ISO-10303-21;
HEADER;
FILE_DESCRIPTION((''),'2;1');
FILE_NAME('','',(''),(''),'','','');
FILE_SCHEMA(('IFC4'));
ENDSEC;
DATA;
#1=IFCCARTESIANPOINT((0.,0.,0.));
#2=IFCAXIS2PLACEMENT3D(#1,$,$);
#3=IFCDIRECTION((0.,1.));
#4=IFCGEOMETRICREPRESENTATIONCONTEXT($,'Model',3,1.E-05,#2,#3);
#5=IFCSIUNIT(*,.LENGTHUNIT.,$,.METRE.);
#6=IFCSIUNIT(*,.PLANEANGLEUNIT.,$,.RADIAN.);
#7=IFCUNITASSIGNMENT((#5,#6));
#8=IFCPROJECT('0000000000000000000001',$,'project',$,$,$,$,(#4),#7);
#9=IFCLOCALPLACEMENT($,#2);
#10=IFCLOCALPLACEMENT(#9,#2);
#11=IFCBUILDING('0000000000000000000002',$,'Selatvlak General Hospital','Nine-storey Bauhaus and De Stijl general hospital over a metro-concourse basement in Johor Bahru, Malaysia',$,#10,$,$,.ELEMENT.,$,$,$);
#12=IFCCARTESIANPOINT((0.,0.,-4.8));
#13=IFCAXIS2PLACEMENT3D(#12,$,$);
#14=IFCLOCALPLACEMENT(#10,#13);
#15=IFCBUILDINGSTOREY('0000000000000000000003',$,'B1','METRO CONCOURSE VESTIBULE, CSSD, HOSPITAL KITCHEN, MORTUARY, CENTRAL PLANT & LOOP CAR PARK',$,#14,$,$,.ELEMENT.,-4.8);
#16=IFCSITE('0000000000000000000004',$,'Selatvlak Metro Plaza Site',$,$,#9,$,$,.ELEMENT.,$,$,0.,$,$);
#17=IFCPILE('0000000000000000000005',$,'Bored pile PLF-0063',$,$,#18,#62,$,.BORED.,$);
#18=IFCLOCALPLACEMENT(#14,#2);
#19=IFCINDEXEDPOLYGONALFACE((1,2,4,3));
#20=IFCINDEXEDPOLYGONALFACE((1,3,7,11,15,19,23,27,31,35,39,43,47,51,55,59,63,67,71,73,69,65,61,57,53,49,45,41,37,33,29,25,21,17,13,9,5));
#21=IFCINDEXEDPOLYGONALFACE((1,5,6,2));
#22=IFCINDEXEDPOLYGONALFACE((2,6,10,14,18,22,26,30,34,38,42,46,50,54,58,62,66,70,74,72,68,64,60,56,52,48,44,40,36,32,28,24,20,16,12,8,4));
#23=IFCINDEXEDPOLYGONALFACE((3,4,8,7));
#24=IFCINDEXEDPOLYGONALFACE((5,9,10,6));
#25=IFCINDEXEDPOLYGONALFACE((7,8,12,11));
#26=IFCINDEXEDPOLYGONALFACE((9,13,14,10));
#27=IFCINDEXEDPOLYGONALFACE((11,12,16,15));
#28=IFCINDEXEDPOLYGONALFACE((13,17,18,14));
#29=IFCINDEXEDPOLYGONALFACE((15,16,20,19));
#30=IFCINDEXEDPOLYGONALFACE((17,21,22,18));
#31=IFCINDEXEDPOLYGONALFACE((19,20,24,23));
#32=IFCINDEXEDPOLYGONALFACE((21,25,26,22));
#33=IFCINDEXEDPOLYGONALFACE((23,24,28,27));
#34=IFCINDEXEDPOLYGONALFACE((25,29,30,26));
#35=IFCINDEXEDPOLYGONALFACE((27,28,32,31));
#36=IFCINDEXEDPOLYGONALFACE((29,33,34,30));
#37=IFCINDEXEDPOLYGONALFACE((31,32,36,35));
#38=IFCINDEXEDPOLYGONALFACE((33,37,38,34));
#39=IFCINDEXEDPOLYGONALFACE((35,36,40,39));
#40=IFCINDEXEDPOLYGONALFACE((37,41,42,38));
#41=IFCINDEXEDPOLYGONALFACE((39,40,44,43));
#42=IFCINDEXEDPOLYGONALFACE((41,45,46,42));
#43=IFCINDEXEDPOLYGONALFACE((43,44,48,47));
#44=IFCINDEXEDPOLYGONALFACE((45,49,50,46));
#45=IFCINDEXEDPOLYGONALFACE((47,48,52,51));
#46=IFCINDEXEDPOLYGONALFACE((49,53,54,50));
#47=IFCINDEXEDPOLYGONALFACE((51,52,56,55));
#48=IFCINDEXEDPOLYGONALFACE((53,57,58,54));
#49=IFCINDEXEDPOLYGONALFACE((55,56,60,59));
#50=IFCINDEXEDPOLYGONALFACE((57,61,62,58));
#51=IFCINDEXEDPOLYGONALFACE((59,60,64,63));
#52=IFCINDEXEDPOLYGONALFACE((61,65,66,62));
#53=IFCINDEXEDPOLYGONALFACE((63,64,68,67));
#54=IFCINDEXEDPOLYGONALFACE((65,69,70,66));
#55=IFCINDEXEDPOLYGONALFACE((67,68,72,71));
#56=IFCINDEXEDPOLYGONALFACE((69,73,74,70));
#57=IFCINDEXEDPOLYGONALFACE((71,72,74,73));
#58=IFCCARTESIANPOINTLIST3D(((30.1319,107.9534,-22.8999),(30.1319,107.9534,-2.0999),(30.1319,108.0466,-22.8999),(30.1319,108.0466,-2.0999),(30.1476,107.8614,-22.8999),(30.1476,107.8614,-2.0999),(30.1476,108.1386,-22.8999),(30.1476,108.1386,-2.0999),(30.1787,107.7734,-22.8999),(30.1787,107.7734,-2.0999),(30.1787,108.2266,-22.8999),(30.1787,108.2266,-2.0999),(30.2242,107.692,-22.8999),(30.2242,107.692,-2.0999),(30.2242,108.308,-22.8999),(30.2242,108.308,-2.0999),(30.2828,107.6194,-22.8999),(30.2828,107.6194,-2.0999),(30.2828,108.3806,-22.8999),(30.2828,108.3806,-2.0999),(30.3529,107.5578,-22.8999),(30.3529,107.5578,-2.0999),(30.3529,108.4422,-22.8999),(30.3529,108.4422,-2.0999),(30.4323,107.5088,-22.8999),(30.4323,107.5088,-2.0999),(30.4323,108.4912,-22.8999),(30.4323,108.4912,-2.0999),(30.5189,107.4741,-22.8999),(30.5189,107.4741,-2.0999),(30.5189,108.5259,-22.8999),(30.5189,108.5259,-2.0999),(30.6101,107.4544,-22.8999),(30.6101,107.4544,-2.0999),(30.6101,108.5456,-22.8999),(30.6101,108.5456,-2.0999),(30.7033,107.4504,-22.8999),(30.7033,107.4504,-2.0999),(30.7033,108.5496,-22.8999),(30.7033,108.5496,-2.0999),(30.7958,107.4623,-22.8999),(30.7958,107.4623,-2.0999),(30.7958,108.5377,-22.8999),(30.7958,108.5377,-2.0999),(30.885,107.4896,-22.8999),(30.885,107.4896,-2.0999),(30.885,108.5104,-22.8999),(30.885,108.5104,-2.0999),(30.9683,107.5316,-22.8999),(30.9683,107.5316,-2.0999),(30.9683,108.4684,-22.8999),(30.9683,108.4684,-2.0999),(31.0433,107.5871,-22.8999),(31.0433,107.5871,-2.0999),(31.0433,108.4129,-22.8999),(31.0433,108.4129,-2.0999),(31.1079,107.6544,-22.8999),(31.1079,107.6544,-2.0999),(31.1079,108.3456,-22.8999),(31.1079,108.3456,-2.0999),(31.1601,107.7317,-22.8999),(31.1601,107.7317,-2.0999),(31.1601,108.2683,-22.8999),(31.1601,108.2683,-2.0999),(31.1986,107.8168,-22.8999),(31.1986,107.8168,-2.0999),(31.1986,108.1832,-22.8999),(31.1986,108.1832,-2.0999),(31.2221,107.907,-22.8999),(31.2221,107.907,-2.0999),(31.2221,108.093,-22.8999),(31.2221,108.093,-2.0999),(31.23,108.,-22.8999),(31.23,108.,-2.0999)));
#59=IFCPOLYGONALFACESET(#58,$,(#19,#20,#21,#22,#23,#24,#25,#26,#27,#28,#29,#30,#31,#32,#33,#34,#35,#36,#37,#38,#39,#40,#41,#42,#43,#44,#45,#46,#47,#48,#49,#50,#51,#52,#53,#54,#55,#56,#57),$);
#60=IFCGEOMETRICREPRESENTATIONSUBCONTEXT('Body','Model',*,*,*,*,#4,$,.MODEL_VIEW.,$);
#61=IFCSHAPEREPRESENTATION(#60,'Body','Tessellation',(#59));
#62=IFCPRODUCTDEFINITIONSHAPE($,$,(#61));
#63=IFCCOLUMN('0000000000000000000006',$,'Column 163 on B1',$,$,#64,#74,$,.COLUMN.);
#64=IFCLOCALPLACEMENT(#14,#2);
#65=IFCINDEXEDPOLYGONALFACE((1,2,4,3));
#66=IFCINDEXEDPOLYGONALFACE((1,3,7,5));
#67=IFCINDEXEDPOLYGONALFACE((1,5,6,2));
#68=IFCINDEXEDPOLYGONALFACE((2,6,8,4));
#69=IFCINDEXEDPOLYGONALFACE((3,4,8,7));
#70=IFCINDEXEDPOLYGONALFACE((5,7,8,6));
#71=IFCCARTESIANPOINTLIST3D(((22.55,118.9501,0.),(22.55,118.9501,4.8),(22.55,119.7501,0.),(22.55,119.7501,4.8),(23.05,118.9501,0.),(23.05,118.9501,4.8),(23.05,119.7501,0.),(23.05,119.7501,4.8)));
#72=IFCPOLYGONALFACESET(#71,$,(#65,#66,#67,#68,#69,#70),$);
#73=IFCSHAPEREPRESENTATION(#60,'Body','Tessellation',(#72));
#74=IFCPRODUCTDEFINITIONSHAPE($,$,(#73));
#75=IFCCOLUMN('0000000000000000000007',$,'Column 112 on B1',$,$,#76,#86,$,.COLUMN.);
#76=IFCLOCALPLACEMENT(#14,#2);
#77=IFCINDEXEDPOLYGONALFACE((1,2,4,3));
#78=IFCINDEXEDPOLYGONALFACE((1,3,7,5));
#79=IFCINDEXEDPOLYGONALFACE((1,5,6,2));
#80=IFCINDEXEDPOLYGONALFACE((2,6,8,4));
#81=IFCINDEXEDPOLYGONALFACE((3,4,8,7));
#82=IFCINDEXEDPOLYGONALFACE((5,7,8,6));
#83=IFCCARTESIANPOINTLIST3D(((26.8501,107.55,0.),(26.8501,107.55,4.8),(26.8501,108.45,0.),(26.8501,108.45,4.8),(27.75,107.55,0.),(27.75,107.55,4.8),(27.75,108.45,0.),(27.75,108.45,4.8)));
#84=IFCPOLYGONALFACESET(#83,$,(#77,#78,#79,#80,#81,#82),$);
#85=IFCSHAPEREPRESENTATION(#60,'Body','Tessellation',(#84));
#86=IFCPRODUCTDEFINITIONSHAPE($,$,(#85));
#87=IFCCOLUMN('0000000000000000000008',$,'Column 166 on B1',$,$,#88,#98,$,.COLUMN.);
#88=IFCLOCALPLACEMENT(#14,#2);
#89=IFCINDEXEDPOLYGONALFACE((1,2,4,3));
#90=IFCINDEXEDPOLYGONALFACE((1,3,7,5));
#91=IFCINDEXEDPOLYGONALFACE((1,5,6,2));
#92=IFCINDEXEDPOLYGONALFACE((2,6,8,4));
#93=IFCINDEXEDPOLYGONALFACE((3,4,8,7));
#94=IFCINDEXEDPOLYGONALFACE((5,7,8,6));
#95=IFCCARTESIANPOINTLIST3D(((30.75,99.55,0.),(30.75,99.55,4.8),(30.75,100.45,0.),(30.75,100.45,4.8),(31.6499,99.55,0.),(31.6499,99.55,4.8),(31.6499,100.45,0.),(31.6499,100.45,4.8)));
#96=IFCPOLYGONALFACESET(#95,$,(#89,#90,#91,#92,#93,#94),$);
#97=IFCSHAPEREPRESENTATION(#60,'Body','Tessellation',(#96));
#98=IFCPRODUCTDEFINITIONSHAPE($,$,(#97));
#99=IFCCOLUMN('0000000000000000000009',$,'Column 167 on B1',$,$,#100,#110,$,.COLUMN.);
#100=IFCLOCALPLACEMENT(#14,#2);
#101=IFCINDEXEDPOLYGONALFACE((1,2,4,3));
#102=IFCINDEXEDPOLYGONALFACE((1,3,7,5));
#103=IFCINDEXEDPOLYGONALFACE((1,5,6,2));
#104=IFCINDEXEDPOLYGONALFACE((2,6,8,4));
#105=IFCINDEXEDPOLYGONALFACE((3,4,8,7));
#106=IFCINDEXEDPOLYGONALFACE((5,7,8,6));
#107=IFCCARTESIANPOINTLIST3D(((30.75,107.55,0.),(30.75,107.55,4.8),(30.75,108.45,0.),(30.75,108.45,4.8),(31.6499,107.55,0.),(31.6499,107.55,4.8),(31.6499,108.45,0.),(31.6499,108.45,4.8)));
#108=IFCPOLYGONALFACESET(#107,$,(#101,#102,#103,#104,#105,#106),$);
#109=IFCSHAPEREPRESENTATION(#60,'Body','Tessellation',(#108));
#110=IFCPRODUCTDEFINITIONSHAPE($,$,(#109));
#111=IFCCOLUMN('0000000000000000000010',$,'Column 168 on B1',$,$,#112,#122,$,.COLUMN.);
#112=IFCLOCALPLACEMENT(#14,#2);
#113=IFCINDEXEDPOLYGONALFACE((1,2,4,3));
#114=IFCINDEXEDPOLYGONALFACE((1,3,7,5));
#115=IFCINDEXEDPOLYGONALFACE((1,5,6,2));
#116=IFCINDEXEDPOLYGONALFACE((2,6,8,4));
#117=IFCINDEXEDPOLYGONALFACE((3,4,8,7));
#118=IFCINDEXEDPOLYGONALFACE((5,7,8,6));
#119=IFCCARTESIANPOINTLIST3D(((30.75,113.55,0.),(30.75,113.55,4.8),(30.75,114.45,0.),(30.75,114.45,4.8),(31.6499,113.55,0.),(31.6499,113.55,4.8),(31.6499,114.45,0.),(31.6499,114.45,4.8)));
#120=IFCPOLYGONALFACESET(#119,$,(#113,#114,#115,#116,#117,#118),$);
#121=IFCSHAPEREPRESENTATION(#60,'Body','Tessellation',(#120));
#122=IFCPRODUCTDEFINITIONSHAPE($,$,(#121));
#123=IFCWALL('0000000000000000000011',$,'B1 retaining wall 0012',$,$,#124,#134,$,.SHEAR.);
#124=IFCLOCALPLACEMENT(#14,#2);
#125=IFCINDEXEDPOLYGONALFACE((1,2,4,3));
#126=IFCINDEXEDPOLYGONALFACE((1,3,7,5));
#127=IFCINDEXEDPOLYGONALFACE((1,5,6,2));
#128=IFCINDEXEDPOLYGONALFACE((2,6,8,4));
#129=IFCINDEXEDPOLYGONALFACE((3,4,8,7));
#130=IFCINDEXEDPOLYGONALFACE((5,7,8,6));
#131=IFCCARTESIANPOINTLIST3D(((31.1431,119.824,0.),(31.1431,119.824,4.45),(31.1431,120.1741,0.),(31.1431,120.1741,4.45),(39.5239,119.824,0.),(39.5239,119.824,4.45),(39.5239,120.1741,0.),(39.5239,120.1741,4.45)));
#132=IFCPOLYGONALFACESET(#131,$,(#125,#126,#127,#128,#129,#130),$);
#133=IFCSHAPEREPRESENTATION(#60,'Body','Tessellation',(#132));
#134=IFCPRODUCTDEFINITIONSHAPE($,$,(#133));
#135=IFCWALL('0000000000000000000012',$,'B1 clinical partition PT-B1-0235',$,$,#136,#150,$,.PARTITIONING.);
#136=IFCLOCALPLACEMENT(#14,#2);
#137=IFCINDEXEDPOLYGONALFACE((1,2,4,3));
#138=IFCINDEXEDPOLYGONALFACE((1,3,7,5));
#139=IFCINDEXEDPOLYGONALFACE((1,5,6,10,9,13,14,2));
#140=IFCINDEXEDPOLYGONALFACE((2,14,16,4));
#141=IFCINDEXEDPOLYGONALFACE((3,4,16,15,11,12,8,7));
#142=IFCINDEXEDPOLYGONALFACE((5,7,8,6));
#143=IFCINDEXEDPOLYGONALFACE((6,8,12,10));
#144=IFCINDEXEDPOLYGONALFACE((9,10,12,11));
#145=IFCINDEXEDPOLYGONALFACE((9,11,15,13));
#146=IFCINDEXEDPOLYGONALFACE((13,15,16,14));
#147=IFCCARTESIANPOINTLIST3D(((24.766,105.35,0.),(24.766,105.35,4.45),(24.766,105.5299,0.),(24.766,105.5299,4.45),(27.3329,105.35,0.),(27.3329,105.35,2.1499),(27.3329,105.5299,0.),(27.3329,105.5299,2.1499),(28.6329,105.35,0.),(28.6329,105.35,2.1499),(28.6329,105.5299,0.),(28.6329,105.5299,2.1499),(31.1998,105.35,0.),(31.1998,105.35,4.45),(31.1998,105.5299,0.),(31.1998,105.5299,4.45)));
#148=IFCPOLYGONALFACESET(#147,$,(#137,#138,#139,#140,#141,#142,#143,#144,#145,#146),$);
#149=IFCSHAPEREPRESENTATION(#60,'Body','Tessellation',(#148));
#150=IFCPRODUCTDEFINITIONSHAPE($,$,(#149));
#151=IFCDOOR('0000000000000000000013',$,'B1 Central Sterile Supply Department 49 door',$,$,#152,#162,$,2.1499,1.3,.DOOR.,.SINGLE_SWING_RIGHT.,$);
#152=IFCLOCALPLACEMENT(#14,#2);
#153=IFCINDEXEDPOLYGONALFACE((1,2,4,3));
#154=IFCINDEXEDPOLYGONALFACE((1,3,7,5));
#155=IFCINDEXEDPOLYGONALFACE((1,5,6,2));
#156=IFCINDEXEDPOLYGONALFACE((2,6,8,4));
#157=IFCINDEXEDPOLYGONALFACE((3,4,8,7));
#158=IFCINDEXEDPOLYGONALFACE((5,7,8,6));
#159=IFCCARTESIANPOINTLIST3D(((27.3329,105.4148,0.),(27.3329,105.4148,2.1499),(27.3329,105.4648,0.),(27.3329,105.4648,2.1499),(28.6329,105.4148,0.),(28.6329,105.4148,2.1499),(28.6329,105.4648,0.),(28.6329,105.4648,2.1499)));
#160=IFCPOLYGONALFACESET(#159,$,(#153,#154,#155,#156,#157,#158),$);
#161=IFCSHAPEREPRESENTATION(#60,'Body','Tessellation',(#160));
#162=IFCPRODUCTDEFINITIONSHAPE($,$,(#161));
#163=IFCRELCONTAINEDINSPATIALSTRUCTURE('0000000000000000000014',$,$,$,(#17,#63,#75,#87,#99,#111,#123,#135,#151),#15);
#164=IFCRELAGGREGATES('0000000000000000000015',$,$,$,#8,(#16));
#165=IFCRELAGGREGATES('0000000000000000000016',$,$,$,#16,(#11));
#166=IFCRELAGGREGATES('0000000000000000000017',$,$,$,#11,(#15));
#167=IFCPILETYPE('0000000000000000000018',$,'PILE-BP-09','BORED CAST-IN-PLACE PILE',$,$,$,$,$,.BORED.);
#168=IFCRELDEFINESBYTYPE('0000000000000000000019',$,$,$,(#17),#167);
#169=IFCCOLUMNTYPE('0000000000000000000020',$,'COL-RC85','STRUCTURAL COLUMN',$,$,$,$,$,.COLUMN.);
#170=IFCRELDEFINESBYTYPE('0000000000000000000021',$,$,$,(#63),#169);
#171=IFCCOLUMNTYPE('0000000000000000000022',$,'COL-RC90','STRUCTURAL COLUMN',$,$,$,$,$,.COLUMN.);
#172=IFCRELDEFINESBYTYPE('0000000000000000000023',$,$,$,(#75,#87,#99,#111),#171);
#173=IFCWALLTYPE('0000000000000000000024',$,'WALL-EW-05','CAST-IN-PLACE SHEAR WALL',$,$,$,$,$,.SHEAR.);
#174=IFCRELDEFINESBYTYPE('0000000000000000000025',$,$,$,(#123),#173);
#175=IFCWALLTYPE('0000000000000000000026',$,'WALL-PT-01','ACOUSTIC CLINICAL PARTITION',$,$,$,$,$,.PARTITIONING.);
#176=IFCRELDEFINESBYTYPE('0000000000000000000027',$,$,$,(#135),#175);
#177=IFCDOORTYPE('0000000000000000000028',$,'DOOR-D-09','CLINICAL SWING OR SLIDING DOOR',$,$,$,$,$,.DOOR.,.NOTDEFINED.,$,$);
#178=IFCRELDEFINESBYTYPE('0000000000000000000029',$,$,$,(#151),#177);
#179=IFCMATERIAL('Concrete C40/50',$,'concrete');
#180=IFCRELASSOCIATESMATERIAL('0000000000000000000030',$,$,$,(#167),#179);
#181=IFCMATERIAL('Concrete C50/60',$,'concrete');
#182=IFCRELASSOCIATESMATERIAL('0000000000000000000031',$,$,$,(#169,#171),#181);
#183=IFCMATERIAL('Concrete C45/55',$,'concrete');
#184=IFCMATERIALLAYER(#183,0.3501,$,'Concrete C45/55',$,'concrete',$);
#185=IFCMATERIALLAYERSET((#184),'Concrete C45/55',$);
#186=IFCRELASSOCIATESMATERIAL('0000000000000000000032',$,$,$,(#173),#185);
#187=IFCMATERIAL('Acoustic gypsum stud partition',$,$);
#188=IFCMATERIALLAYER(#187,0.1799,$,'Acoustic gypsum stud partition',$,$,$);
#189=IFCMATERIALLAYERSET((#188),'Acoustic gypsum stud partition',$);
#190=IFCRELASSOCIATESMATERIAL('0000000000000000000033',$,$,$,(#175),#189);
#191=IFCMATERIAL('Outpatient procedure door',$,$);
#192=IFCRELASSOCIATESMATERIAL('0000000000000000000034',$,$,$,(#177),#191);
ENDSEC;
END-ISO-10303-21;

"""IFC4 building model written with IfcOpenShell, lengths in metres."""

from ifc_helpers import new_model, si_unit, direction, frame, frame_2d, origin, origin_2d, place, context, subcontext, project, spatial, rectangle, circle, extrude, material, layer, layer_set, material_profile, profile_set, type_object, element, fill, save


model = new_model("IFC4")

# Units and contexts
model_context = context("Model", 3, precision=1e-05, world=origin(), true_north=direction((0.0, 1.0)))
body_context = subcontext(model_context, "Body", "Model", "MODEL_VIEW")
ifc_project = project(units=[si_unit("LENGTHUNIT", "METRE"), si_unit("PLANEANGLEUNIT", "RADIAN")], contexts=[model_context])

# Site, building, storey
site_placement = place(None, origin())
site = spatial("IfcSite", under=ifc_project, at=site_placement, Name="Selatvlak Metro Plaza Site", CompositionType="ELEMENT", RefElevation=0.0)
building_placement = place(site_placement, origin())
building = spatial("IfcBuilding", under=site, at=building_placement, Name="Selatvlak General Hospital", Description="Nine-storey Bauhaus and De Stijl general hospital over a metro-concourse basement in Johor Bahru, Malaysia", CompositionType="ELEMENT")
storey_placement = place(building_placement, frame((0.0, 0.0, -4.8)))
storey = spatial("IfcBuildingStorey", under=building, at=storey_placement, Name="B1", Description="METRO CONCOURSE VESTIBULE, CSSD, HOSPITAL KITCHEN, MORTUARY, CENTRAL PLANT & LOOP CAR PARK", CompositionType="ELEMENT", Elevation=-4.8)

# Shared definitions
ifc_material_1 = material(Name="Concrete C40/50", Category="concrete")

# Pile
ifc_material_profile_1 = material_profile(ifc_material_1, circle(Radius=0.55, at=origin_2d()), Name="BORED PILE 1100")
ifc_profile_set_1 = profile_set([ifc_material_profile_1], Name="Concrete C40/50")
pile_type_1 = type_object("IfcPileType", Name="PILE-BP-09", Description="BORED CAST-IN-PLACE PILE", PredefinedType="BORED", material=ifc_profile_set_1)
for number, where, z_axis, x_axis, name in (
    (1, (30.6799, 108.0, -2.0999), (0.0, 0.0, -1.0), (1.0, 0.0, 0.0), "Bored pile PLF-0063"),
):
    element("IfcPile", number, at=place(storey_placement, frame(where, z_axis=z_axis, x_axis=x_axis)), inside=storey, type_object=pile_type_1, Name=name, PredefinedType="BORED", context=body_context, shape_type="SweptSolid", body=[
        extrude(circle(Radius=0.55, at=origin_2d()), origin(), (0.0, 0.0, 1.0), 20.8),
    ])

# Columns
ifc_material_2 = material(Name="Concrete C50/60", Category="concrete")
ifc_material_profile_2 = material_profile(ifc_material_2, rectangle(XDim=0.5, YDim=0.8, at=origin_2d()), Name="RC-COL 800x500")
ifc_profile_set_2 = profile_set([ifc_material_profile_2], Name="Concrete C50/60")
column_type_1 = type_object("IfcColumnType", Name="COL-RC85", Description="STRUCTURAL COLUMN", PredefinedType="COLUMN", material=ifc_profile_set_2)
column_placement = place(storey_placement, frame((22.8, 119.3501, 0.0), z_axis=(0.0, 0.0, 1.0), x_axis=(1.0, 0.0, 0.0)))
element("IfcColumn", 2, at=column_placement, inside=storey, type_object=column_type_1, Name="Column 163 on B1", PredefinedType="COLUMN", context=body_context, shape_type="SweptSolid", body=[
    extrude(rectangle(XDim=0.5, YDim=0.8, at=origin_2d()), origin(), (0.0, 0.0, 1.0), 4.8),
])
ifc_material_profile_3 = material_profile(ifc_material_2, rectangle(XDim=0.8999, YDim=0.8999, at=origin_2d()), Name="RC-COL 900x900")
ifc_profile_set_3 = profile_set([ifc_material_profile_3], Name="Concrete C50/60")
column_type_2 = type_object("IfcColumnType", Name="COL-RC90", Description="STRUCTURAL COLUMN", PredefinedType="COLUMN", material=ifc_profile_set_3)
for number, where, z_axis, x_axis, name in (
    (3, (27.3, 108.0, 0.0), (0.0, 0.0, 1.0), (1.0, 0.0, 0.0), "Column 112 on B1"),
    (4, (31.2, 100.0, 0.0), (0.0, 0.0, 1.0), (1.0, 0.0, 0.0), "Column 166 on B1"),
    (5, (31.2, 108.0, 0.0), (0.0, 0.0, 1.0), (1.0, 0.0, 0.0), "Column 167 on B1"),
    (6, (31.2, 114.0, 0.0), (0.0, 0.0, 1.0), (1.0, 0.0, 0.0), "Column 168 on B1"),
):
    element("IfcColumn", number, at=place(storey_placement, frame(where, z_axis=z_axis, x_axis=x_axis)), inside=storey, type_object=column_type_2, Name=name, PredefinedType="COLUMN", context=body_context, shape_type="SweptSolid", body=[
        extrude(rectangle(XDim=0.8999, YDim=0.8999, at=origin_2d()), origin(), (0.0, 0.0, 1.0), 4.8),
    ])

# Wall
ifc_material_3 = material(Name="Concrete C45/55", Category="concrete")
ifc_layer_1 = layer(ifc_material_3, 0.3501, Name="Concrete C45/55", Category="concrete")
ifc_layer_set_1 = layer_set([ifc_layer_1], Name="Concrete C45/55")
wall_type_1 = type_object("IfcWallType", Name="WALL-EW-05", Description="CAST-IN-PLACE SHEAR WALL", PredefinedType="SHEAR", material=ifc_layer_set_1)
wall_1_placement = place(storey_placement, frame((31.1431, 119.999, 0.0), z_axis=(0.0, 0.0, 1.0), x_axis=(1.0, 0.0, 0.0)))
element("IfcWall", 7, at=wall_1_placement, inside=storey, type_object=wall_type_1, Name="B1 retaining wall 0012", PredefinedType="SHEAR", context=body_context, shape_type="SweptSolid", body=[
    extrude(rectangle(XDim=8.3809, YDim=0.3501, at=frame_2d((4.1904, 0.0))), origin(), (0.0, 0.0, 1.0), 4.45),
])

# Wall, opening, door
ifc_material_4 = material(Name="Acoustic gypsum stud partition")
ifc_layer_2 = layer(ifc_material_4, 0.1799, Name="Acoustic gypsum stud partition")
ifc_layer_set_2 = layer_set([ifc_layer_2], Name="Acoustic gypsum stud partition")
wall_type_2 = type_object("IfcWallType", Name="WALL-PT-01", Description="ACOUSTIC CLINICAL PARTITION", PredefinedType="PARTITIONING", material=ifc_layer_set_2)
wall_2_placement = place(storey_placement, frame((24.7661, 105.4399, 0.0), z_axis=(0.0, 0.0, 1.0), x_axis=(1.0, 0.0, 0.0)))
wall_2 = element("IfcWall", 8, at=wall_2_placement, inside=storey, type_object=wall_type_2, Name="B1 clinical partition PT-B1-0235", PredefinedType="PARTITIONING", context=body_context, shape_type="SweptSolid", body=[
    extrude(rectangle(XDim=6.4338, YDim=0.1799, at=frame_2d((3.2168, 0.0))), origin(), (0.0, 0.0, 1.0), 4.45),
])
opening_1_placement = place(wall_2_placement, frame((2.5669, 0.0, 0.0)))
opening_1 = element("IfcOpeningElement", 9, at=opening_1_placement, cuts=wall_2, PredefinedType="OPENING", context=body_context, shape_type="SweptSolid", body=[
    extrude(rectangle(XDim=1.3, YDim=2.1499, at=frame_2d((0.6499, 1.075))), frame((0.0, 0.0999, 0.0), z_axis=(0.0, -1.0, 0.0), x_axis=(1.0, 0.0, 0.0)), (0.0, 0.0, 1.0), 0.2),
])
ifc_material_5 = material(Name="Outpatient procedure door")
door_type_1 = type_object("IfcDoorType", Name="DOOR-D-09", Description="CLINICAL SWING OR SLIDING DOOR", OperationType="NOTDEFINED", PredefinedType="DOOR", material=ifc_material_5)
door_1_placement = place(opening_1_placement, origin())
door_1 = element("IfcDoor", 10, at=door_1_placement, inside=storey, type_object=door_type_1, Name="B1 Central Sterile Supply Department 49 door", OperationType="SINGLE_SWING_RIGHT", OverallHeight=2.1499, OverallWidth=1.3, PredefinedType="DOOR", context=body_context, shape_type="SweptSolid", body=[
    extrude(rectangle(XDim=1.3, YDim=2.1499, at=frame_2d((0.6499, 1.075))), frame((0.0, 0.0249, 0.0), z_axis=(0.0, -1.0, 0.0), x_axis=(1.0, 0.0, 0.0)), (0.0, 0.0, 1.0), 0.05),
])
fill(opening_1, door_1)

save(model, "model.ifc")
